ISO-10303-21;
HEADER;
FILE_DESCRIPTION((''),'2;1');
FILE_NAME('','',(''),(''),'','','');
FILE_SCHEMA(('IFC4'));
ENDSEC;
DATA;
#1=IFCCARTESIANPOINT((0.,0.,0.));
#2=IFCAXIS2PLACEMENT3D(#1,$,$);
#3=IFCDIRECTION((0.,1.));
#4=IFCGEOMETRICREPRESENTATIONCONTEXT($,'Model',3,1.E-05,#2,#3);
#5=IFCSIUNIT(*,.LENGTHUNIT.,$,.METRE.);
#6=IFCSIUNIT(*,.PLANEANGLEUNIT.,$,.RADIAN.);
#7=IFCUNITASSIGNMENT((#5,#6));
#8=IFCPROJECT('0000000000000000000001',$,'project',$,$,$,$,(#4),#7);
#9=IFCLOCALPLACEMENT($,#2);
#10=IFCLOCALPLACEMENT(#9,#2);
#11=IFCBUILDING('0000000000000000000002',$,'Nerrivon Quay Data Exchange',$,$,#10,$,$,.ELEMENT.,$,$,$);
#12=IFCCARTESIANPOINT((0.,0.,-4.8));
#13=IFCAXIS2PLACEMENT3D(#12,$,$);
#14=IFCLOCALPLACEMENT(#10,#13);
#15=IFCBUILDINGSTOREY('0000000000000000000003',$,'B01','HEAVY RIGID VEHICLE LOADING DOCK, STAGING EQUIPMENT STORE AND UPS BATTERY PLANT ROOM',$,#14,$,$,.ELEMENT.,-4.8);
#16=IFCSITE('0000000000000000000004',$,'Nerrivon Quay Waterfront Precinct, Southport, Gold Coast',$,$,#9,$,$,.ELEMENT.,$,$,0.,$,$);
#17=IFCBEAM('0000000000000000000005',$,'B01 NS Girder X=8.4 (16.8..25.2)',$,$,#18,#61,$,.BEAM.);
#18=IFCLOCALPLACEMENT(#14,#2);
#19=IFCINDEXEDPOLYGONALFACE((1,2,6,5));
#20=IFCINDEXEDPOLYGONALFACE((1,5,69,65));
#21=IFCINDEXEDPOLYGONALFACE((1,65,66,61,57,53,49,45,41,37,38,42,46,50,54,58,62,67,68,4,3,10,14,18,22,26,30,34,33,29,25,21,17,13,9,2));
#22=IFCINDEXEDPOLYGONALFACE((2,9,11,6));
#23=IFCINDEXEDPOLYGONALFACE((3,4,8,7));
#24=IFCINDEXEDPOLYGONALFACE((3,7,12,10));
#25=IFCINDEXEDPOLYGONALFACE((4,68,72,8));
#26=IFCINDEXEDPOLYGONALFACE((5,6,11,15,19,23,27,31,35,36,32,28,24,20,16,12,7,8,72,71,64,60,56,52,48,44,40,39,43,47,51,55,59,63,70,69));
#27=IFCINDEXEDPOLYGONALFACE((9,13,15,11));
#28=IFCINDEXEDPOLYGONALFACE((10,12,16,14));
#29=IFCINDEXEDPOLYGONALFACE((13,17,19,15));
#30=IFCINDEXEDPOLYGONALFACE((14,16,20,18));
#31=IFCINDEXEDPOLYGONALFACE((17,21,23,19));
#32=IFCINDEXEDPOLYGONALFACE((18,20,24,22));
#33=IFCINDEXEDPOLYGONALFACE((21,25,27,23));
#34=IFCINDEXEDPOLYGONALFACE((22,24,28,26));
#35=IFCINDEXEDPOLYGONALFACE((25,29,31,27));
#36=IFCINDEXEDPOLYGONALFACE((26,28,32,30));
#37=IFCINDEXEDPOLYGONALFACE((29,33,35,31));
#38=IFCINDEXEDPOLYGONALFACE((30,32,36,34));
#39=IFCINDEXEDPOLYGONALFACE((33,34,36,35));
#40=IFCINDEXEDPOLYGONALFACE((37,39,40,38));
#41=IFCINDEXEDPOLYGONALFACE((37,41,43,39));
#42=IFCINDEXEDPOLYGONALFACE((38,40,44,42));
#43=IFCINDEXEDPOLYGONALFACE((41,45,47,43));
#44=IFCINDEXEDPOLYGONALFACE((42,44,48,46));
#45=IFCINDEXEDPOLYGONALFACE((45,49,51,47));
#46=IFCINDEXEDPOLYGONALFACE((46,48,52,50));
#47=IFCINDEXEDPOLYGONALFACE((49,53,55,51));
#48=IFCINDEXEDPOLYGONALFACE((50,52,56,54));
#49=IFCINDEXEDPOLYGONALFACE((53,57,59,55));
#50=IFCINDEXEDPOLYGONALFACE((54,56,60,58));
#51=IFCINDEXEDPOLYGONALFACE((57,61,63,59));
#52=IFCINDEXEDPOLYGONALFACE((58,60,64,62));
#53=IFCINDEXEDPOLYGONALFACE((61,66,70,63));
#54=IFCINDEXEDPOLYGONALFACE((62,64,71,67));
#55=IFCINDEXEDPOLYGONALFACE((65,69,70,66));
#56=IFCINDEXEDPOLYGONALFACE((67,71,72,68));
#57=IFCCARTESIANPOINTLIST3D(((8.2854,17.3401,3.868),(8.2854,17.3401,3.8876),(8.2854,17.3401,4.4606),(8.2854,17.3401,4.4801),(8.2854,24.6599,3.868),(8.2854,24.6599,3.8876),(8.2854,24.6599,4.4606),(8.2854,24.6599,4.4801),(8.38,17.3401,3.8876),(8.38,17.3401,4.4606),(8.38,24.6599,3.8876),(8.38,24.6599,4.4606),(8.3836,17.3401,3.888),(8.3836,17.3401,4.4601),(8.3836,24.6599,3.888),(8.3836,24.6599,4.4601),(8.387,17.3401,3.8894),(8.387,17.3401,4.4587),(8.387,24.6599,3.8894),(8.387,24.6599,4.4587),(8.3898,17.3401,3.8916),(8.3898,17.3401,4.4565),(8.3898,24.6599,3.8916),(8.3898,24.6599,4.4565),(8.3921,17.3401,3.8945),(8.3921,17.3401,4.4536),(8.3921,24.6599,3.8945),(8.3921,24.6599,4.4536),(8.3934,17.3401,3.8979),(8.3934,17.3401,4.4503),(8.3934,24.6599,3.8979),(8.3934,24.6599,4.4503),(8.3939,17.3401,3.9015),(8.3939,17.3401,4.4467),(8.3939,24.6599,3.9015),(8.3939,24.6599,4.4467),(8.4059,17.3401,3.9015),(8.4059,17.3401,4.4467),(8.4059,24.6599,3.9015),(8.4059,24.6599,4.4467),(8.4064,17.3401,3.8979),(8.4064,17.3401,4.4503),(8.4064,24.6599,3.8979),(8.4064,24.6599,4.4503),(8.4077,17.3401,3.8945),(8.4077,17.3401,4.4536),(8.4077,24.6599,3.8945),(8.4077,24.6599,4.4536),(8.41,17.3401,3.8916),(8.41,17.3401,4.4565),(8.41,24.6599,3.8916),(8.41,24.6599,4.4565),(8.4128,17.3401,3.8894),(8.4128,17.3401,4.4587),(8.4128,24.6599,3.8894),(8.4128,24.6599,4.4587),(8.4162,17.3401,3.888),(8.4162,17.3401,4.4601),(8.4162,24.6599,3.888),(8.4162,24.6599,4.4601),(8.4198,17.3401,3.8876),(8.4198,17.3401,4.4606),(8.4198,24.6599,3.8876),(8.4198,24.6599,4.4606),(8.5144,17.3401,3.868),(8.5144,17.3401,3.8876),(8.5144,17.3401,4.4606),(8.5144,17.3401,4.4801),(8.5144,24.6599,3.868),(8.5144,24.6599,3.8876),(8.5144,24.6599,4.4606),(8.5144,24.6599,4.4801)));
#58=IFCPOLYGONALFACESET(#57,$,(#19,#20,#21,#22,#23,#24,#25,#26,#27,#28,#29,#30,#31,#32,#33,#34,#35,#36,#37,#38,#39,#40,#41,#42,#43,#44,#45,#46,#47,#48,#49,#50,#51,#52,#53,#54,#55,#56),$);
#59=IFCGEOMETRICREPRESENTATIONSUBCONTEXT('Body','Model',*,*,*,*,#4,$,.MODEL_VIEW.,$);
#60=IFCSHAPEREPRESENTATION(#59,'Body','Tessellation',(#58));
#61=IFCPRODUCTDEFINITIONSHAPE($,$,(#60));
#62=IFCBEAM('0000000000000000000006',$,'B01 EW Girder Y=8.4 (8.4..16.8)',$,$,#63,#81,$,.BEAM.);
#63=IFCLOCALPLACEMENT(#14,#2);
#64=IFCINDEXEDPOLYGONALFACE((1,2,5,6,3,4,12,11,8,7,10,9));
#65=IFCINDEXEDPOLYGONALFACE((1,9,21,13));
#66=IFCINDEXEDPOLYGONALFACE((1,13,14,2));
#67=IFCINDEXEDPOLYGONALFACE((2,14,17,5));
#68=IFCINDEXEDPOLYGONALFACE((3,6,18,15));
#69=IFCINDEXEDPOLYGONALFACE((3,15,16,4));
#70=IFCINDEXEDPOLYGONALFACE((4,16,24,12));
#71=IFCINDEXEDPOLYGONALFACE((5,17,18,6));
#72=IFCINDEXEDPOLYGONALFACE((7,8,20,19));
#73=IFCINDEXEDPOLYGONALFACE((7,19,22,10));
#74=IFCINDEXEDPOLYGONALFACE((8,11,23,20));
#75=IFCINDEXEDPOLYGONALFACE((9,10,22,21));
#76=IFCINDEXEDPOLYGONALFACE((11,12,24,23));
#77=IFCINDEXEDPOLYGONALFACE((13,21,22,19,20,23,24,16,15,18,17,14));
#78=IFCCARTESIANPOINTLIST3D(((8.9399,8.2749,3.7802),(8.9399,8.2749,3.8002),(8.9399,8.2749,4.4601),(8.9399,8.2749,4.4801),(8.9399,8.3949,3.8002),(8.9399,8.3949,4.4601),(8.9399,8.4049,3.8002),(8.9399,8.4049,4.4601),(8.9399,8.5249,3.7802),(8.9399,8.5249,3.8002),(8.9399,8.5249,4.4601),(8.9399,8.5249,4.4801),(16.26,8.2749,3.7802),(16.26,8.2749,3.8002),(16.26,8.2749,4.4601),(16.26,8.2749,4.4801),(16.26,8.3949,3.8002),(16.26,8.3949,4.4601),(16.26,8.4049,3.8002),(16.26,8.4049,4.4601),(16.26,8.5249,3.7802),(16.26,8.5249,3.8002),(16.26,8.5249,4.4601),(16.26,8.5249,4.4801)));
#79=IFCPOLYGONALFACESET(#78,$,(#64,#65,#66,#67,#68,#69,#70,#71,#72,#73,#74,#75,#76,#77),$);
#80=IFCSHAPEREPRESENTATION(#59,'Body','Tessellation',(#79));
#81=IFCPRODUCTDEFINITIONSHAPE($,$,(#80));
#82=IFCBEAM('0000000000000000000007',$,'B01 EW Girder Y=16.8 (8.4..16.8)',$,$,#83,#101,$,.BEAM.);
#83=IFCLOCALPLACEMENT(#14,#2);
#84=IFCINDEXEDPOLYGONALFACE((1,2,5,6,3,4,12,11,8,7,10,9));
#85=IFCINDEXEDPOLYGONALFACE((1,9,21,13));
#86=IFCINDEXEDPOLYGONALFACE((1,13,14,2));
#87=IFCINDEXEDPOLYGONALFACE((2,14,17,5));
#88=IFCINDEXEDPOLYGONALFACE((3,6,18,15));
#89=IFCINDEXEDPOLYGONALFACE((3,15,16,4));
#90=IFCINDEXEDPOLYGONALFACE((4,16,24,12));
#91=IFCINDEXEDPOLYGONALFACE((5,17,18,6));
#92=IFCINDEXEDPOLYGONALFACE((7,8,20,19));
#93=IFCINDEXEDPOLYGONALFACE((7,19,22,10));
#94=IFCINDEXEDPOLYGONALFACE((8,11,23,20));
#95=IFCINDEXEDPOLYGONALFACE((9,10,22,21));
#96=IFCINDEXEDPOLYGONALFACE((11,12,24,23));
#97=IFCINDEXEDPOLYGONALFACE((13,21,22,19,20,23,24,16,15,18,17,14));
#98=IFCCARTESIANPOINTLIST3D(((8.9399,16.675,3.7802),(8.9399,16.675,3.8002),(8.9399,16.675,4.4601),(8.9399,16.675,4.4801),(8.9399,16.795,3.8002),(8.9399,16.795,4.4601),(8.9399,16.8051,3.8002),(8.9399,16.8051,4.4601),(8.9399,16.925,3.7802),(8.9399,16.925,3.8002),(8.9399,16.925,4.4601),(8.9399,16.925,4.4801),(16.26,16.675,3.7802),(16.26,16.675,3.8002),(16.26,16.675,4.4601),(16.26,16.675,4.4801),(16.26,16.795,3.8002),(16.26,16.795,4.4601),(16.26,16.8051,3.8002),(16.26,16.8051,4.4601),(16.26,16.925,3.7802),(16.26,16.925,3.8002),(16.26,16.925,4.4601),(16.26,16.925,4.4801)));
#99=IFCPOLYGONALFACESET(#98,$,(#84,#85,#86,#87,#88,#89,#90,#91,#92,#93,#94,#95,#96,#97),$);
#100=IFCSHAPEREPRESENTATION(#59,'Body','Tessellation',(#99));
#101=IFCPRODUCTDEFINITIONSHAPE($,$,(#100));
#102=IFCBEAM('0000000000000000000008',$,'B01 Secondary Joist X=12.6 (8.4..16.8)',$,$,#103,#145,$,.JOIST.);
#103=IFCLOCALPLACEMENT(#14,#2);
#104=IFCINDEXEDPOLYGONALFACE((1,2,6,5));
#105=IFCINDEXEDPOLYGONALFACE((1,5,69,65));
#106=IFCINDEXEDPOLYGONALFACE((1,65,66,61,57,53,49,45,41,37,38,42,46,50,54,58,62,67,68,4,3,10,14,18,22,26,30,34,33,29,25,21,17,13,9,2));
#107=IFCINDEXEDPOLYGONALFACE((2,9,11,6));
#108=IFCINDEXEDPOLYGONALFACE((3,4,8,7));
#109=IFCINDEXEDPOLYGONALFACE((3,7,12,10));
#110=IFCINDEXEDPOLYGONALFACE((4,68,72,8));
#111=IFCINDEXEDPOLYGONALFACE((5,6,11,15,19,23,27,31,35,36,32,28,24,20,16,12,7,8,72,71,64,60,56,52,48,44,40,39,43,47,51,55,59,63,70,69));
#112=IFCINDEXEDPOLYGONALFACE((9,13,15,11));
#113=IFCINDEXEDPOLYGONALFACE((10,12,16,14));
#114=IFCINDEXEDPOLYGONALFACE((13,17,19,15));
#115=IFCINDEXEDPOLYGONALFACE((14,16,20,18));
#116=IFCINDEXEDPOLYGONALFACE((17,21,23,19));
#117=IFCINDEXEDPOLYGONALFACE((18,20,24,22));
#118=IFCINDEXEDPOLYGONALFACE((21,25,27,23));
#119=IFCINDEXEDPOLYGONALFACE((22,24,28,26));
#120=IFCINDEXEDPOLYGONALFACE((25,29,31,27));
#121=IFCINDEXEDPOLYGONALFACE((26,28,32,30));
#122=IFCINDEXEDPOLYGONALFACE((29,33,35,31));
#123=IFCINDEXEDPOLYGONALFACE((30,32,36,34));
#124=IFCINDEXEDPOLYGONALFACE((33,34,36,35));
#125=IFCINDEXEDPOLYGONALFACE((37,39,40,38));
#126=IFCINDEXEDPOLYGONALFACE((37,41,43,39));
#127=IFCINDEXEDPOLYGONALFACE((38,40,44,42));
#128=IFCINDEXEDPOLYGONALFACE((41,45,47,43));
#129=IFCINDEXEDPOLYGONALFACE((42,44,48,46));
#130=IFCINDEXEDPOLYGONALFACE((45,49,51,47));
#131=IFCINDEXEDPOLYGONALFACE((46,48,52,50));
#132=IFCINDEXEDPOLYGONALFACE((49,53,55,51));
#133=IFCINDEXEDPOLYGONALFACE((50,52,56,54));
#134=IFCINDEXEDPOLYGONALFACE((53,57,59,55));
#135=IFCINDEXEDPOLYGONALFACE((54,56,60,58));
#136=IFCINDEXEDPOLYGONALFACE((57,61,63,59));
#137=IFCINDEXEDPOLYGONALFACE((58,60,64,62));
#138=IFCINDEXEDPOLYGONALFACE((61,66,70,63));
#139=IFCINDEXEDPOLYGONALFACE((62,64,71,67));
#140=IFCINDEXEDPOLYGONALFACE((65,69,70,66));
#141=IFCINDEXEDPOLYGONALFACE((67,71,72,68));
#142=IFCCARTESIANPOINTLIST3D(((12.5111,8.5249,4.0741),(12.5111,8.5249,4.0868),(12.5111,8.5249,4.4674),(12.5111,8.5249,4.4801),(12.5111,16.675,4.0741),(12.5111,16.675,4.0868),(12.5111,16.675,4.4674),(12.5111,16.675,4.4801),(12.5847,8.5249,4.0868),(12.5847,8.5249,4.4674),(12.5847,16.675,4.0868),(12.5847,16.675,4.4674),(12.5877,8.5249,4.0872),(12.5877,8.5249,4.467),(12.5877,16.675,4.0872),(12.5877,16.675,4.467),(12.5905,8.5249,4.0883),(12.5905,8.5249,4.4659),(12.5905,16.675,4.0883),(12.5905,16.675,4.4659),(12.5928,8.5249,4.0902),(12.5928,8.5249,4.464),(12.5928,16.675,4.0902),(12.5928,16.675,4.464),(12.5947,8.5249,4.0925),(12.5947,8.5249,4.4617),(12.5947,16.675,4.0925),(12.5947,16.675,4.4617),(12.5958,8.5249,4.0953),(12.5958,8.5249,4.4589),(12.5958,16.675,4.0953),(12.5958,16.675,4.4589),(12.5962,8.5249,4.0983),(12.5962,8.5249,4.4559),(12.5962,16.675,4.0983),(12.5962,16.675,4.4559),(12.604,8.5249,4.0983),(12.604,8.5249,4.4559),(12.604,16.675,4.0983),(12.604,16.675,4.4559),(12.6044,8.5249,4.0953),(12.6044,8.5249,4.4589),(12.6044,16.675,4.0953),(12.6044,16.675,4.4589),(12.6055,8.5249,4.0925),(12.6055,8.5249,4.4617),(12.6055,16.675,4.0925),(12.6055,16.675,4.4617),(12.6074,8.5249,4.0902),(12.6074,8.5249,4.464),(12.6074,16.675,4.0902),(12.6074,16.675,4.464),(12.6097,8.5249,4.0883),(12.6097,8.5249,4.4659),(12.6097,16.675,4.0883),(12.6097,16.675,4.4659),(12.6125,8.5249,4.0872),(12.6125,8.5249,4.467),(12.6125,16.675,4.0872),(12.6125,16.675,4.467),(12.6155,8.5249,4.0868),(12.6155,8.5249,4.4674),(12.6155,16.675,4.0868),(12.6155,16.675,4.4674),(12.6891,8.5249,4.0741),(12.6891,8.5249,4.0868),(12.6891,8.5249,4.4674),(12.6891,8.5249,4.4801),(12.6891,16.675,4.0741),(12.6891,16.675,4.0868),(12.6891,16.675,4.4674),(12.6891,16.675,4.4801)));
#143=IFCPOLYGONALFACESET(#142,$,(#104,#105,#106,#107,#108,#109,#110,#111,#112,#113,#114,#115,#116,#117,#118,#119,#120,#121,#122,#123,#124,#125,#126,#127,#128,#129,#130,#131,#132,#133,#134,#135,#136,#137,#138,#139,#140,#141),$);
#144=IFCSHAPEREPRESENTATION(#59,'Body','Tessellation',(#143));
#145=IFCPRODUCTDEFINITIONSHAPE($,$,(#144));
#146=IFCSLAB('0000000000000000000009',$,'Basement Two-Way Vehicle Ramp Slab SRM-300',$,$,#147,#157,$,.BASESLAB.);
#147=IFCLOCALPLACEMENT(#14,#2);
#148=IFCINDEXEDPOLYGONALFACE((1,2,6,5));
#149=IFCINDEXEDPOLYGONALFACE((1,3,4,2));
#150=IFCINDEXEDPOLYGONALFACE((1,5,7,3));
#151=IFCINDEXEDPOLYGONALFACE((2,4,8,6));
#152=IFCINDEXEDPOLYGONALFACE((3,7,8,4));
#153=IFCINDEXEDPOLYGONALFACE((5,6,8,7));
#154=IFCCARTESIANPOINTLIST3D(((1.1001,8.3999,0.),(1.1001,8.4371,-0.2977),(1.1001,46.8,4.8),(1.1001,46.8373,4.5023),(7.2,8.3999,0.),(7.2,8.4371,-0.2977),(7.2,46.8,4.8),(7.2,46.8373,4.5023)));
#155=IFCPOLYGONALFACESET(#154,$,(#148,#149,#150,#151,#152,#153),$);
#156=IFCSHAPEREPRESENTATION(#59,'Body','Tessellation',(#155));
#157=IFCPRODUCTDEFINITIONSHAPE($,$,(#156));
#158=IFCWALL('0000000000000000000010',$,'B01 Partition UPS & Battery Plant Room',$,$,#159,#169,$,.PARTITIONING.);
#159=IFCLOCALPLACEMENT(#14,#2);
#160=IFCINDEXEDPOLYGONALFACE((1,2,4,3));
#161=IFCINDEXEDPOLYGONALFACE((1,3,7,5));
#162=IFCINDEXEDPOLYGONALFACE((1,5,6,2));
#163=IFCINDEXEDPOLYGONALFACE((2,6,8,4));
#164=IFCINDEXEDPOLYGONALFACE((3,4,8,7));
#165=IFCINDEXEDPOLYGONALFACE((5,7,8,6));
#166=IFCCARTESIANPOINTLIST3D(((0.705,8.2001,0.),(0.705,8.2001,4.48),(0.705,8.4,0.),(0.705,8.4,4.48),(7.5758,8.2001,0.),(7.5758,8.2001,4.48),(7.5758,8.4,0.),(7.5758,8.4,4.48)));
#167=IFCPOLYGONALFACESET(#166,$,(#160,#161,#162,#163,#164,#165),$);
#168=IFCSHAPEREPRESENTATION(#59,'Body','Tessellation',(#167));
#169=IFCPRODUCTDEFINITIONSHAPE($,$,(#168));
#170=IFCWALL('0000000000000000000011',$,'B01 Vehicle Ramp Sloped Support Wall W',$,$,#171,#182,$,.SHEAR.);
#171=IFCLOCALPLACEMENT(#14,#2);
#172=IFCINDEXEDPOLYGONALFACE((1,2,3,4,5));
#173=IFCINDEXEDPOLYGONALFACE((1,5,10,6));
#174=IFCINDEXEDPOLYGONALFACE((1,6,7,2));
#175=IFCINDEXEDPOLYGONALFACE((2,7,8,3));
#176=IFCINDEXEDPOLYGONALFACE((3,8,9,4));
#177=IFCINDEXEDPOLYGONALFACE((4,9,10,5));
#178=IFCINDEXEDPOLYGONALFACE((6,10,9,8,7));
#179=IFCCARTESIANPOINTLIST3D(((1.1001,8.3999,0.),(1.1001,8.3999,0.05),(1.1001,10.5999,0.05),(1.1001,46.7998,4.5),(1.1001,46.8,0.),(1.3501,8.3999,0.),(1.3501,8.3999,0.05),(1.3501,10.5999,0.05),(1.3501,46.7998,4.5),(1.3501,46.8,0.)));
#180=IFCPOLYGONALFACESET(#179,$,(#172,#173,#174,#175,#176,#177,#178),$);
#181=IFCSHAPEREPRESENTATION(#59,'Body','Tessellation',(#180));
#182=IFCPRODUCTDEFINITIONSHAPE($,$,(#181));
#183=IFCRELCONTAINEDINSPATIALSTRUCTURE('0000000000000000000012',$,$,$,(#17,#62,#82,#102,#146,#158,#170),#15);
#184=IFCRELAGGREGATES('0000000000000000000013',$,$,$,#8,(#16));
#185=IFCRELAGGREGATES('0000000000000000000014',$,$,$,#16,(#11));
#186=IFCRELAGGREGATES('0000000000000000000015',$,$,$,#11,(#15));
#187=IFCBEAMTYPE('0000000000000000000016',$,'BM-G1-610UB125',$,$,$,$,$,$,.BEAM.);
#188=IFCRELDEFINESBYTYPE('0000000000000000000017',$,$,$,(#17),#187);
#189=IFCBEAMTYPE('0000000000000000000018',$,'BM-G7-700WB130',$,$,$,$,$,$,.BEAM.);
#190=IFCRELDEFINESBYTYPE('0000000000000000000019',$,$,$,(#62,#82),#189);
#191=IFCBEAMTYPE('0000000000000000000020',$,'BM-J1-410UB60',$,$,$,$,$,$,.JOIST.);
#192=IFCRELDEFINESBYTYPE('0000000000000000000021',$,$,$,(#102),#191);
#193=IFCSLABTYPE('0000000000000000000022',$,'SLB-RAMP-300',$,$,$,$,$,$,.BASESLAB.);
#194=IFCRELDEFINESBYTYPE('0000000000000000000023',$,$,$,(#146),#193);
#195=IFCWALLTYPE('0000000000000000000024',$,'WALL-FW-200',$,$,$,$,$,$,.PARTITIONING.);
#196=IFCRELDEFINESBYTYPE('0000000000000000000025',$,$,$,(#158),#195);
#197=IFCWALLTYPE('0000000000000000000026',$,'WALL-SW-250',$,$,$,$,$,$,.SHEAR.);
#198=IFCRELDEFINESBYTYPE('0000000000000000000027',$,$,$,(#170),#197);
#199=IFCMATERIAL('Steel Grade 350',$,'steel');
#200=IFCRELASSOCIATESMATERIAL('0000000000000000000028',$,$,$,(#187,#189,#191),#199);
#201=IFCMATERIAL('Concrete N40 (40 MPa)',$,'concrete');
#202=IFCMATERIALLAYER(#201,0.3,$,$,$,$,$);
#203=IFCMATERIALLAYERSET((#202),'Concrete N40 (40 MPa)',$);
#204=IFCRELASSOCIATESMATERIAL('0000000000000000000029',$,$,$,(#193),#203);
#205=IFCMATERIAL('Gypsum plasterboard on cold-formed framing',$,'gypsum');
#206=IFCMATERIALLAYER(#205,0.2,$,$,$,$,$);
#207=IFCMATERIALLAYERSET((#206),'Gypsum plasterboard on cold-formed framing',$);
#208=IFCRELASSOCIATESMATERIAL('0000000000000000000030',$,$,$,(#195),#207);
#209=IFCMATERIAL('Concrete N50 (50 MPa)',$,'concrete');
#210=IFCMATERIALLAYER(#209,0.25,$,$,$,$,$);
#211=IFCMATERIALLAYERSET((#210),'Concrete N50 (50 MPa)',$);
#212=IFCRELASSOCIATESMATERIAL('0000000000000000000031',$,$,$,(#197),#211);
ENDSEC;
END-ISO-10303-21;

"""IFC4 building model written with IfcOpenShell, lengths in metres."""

from ifc_helpers import new_model, si_unit, direction, frame, frame_2d, origin, origin_2d, place, context, subcontext, project, spatial, polyline, rectangle, i_section, outline, extrude, material, layer, layer_set, material_profile, profile_set, type_object, element, save


model = new_model("IFC4")

# Units and contexts
model_context = context("Model", 3, precision=1e-05, world=origin(), true_north=direction((0.0, 1.0)))
body_context = subcontext(model_context, "Body", "Model", "MODEL_VIEW")
ifc_project = project(units=[si_unit("LENGTHUNIT", "METRE"), si_unit("PLANEANGLEUNIT", "RADIAN")], contexts=[model_context])

# Site, building, storey
site_placement = place(None, origin())
site = spatial("IfcSite", under=ifc_project, at=site_placement, Name="Nerrivon Quay Waterfront Precinct, Southport, Gold Coast", CompositionType="ELEMENT", RefElevation=0.0)
building_placement = place(site_placement, origin())
building = spatial("IfcBuilding", under=site, at=building_placement, Name="Nerrivon Quay Data Exchange", CompositionType="ELEMENT")
storey_placement = place(building_placement, frame((0.0, 0.0, -4.8)))
storey = spatial("IfcBuildingStorey", under=building, at=storey_placement, Name="B01", Description="HEAVY RIGID VEHICLE LOADING DOCK, STAGING EQUIPMENT STORE AND UPS BATTERY PLANT ROOM", CompositionType="ELEMENT", Elevation=-4.8)

# Beams
ifc_material_1 = material(Name="Steel Grade 350", Category="steel")
ifc_material_profile_1 = material_profile(ifc_material_1, i_section(OverallWidth=0.229, OverallDepth=0.6121, WebThickness=0.012, FlangeThickness=0.0195, FilletRadius=0.0139, at=origin_2d()), Name="610UB125")
ifc_profile_set_1 = profile_set([ifc_material_profile_1], Name="Steel Grade 350")
beam_type_1 = type_object("IfcBeamType", Name="BM-G1-610UB125", PredefinedType="BEAM", material=ifc_profile_set_1)
beam_1_placement = place(storey_placement, frame((8.3999, 17.3401, 4.1741), z_axis=(0.0, 1.0, 0.0), x_axis=(-1.0, 0.0, 0.0)))
element("IfcBeam", 1, at=beam_1_placement, inside=storey, type_object=beam_type_1, Name="B01 NS Girder X=8.4 (16.8..25.2)", PredefinedType="BEAM", context=body_context, shape_type="SweptSolid", body=[
    extrude(i_section(OverallWidth=0.229, OverallDepth=0.6121, WebThickness=0.012, FlangeThickness=0.0195, FilletRadius=0.0139, at=origin_2d()), origin(), (0.0, 0.0, 1.0), 7.3198),
])
ifc_material_profile_2 = material_profile(ifc_material_1, i_section(OverallWidth=0.25, OverallDepth=0.7, WebThickness=0.01, FlangeThickness=0.02, at=origin_2d()), Name="700WB130")
ifc_profile_set_2 = profile_set([ifc_material_profile_2], Name="Steel Grade 350")
beam_type_2 = type_object("IfcBeamType", Name="BM-G7-700WB130", PredefinedType="BEAM", material=ifc_profile_set_2)
for number, where, z_axis, x_axis, name in (
    (2, (8.9399, 8.3999, 4.1301), (1.0, 0.0, 0.0), (0.0, 1.0, 0.0), "B01 EW Girder Y=8.4 (8.4..16.8)"),
    (3, (8.9399, 16.8, 4.1301), (1.0, 0.0, 0.0), (0.0, 1.0, 0.0), "B01 EW Girder Y=16.8 (8.4..16.8)"),
):
    element("IfcBeam", number, at=place(storey_placement, frame(where, z_axis=z_axis, x_axis=x_axis)), inside=storey, type_object=beam_type_2, Name=name, PredefinedType="BEAM", context=body_context, shape_type="SweptSolid", body=[
        extrude(i_section(OverallWidth=0.25, OverallDepth=0.7, WebThickness=0.01, FlangeThickness=0.02, at=origin_2d()), origin(), (0.0, 0.0, 1.0), 7.3201),
    ])
ifc_material_profile_3 = material_profile(ifc_material_1, i_section(OverallWidth=0.178, OverallDepth=0.406, WebThickness=0.0078, FlangeThickness=0.0127, FilletRadius=0.0115, at=origin_2d()), Name="410UB59.7")
ifc_profile_set_3 = profile_set([ifc_material_profile_3], Name="Steel Grade 350")
beam_type_3 = type_object("IfcBeamType", Name="BM-J1-410UB60", PredefinedType="JOIST", material=ifc_profile_set_3)
beam_2_placement = place(storey_placement, frame((12.6001, 8.5249, 4.2771), z_axis=(0.0, 1.0, 0.0), x_axis=(-1.0, 0.0, 0.0)))
element("IfcBeam", 4, at=beam_2_placement, inside=storey, type_object=beam_type_3, Name="B01 Secondary Joist X=12.6 (8.4..16.8)", PredefinedType="JOIST", context=body_context, shape_type="SweptSolid", body=[
    extrude(i_section(OverallWidth=0.178, OverallDepth=0.406, WebThickness=0.0078, FlangeThickness=0.0127, FilletRadius=0.0115, at=origin_2d()), origin(), (0.0, 0.0, 1.0), 8.1501),
])

# Slab
ifc_material_2 = material(Name="Concrete N40 (40 MPa)", Category="concrete")
ifc_layer_1 = layer(ifc_material_2, 0.3)
ifc_layer_set_1 = layer_set([ifc_layer_1], Name="Concrete N40 (40 MPa)")
slab_type = type_object("IfcSlabType", Name="SLB-RAMP-300", PredefinedType="BASESLAB", material=ifc_layer_set_1)
slab_placement = place(storey_placement, frame((1.1001, 8.3999, 0.0), z_axis=(0.0, -0.124036, 0.992278), x_axis=(1.0, 0.0, 0.0)))
element("IfcSlab", 5, at=slab_placement, inside=storey, type_object=slab_type, Name="Basement Two-Way Vehicle Ramp Slab SRM-300", PredefinedType="BASESLAB", context=body_context, shape_type="SweptSolid", body=[
    extrude(outline(polyline([(0.0, 0.0), (6.0999, 0.0), (6.0999, 38.699), (0.0, 38.699), (0.0, 0.0)])), origin(), (0.0, 0.0, -1.0), 0.3),
])

# Walls
ifc_material_3 = material(Name="Gypsum plasterboard on cold-formed framing", Category="gypsum")
ifc_layer_2 = layer(ifc_material_3, 0.2)
ifc_layer_set_2 = layer_set([ifc_layer_2], Name="Gypsum plasterboard on cold-formed framing")
wall_type_1 = type_object("IfcWallType", Name="WALL-FW-200", PredefinedType="PARTITIONING", material=ifc_layer_set_2)
wall_placement = place(storey_placement, frame((7.5759, 8.3, 0.0), z_axis=(0.0, 0.0, 1.0), x_axis=(-1.0, 0.0, 0.0)))
element("IfcWall", 6, at=wall_placement, inside=storey, type_object=wall_type_1, Name="B01 Partition UPS & Battery Plant Room", PredefinedType="PARTITIONING", context=body_context, shape_type="SweptSolid", body=[
    extrude(rectangle(XDim=6.8708, YDim=0.2, at=frame_2d((3.4355, 0.0))), origin(), (0.0, 0.0, 1.0), 4.48),
])
ifc_material_4 = material(Name="Concrete N50 (50 MPa)", Category="concrete")
ifc_layer_3 = layer(ifc_material_4, 0.25)
ifc_layer_set_3 = layer_set([ifc_layer_3], Name="Concrete N50 (50 MPa)")
wall_type_2 = type_object("IfcWallType", Name="WALL-SW-250", PredefinedType="SHEAR", material=ifc_layer_set_3)
for number, where, z_axis, x_axis, name in (
    (7, (1.2251, 8.3999, 0.0), (0.0, 0.0, 1.0), (0.0, 1.0, 0.0), "B01 Vehicle Ramp Sloped Support Wall W"),
):
    element("IfcWall", number, at=place(storey_placement, frame(where, z_axis=z_axis, x_axis=x_axis)), inside=storey, type_object=wall_type_2, Name=name, PredefinedType="SHEAR", context=body_context, shape_type="SweptSolid", body=[
        extrude(outline(polyline([(0.0, 0.0), (38.4001, 0.0), (38.3999, 4.5), (2.2, 0.05), (0.0, 0.05), (0.0, 0.0)])), frame((0.0, 0.125, 0.0), z_axis=(0.0, -1.0, 0.0), x_axis=(1.0, 0.0, 0.0)), (0.0, 0.0, 1.0), 0.25),
    ])

save(model, "model.ifc")
